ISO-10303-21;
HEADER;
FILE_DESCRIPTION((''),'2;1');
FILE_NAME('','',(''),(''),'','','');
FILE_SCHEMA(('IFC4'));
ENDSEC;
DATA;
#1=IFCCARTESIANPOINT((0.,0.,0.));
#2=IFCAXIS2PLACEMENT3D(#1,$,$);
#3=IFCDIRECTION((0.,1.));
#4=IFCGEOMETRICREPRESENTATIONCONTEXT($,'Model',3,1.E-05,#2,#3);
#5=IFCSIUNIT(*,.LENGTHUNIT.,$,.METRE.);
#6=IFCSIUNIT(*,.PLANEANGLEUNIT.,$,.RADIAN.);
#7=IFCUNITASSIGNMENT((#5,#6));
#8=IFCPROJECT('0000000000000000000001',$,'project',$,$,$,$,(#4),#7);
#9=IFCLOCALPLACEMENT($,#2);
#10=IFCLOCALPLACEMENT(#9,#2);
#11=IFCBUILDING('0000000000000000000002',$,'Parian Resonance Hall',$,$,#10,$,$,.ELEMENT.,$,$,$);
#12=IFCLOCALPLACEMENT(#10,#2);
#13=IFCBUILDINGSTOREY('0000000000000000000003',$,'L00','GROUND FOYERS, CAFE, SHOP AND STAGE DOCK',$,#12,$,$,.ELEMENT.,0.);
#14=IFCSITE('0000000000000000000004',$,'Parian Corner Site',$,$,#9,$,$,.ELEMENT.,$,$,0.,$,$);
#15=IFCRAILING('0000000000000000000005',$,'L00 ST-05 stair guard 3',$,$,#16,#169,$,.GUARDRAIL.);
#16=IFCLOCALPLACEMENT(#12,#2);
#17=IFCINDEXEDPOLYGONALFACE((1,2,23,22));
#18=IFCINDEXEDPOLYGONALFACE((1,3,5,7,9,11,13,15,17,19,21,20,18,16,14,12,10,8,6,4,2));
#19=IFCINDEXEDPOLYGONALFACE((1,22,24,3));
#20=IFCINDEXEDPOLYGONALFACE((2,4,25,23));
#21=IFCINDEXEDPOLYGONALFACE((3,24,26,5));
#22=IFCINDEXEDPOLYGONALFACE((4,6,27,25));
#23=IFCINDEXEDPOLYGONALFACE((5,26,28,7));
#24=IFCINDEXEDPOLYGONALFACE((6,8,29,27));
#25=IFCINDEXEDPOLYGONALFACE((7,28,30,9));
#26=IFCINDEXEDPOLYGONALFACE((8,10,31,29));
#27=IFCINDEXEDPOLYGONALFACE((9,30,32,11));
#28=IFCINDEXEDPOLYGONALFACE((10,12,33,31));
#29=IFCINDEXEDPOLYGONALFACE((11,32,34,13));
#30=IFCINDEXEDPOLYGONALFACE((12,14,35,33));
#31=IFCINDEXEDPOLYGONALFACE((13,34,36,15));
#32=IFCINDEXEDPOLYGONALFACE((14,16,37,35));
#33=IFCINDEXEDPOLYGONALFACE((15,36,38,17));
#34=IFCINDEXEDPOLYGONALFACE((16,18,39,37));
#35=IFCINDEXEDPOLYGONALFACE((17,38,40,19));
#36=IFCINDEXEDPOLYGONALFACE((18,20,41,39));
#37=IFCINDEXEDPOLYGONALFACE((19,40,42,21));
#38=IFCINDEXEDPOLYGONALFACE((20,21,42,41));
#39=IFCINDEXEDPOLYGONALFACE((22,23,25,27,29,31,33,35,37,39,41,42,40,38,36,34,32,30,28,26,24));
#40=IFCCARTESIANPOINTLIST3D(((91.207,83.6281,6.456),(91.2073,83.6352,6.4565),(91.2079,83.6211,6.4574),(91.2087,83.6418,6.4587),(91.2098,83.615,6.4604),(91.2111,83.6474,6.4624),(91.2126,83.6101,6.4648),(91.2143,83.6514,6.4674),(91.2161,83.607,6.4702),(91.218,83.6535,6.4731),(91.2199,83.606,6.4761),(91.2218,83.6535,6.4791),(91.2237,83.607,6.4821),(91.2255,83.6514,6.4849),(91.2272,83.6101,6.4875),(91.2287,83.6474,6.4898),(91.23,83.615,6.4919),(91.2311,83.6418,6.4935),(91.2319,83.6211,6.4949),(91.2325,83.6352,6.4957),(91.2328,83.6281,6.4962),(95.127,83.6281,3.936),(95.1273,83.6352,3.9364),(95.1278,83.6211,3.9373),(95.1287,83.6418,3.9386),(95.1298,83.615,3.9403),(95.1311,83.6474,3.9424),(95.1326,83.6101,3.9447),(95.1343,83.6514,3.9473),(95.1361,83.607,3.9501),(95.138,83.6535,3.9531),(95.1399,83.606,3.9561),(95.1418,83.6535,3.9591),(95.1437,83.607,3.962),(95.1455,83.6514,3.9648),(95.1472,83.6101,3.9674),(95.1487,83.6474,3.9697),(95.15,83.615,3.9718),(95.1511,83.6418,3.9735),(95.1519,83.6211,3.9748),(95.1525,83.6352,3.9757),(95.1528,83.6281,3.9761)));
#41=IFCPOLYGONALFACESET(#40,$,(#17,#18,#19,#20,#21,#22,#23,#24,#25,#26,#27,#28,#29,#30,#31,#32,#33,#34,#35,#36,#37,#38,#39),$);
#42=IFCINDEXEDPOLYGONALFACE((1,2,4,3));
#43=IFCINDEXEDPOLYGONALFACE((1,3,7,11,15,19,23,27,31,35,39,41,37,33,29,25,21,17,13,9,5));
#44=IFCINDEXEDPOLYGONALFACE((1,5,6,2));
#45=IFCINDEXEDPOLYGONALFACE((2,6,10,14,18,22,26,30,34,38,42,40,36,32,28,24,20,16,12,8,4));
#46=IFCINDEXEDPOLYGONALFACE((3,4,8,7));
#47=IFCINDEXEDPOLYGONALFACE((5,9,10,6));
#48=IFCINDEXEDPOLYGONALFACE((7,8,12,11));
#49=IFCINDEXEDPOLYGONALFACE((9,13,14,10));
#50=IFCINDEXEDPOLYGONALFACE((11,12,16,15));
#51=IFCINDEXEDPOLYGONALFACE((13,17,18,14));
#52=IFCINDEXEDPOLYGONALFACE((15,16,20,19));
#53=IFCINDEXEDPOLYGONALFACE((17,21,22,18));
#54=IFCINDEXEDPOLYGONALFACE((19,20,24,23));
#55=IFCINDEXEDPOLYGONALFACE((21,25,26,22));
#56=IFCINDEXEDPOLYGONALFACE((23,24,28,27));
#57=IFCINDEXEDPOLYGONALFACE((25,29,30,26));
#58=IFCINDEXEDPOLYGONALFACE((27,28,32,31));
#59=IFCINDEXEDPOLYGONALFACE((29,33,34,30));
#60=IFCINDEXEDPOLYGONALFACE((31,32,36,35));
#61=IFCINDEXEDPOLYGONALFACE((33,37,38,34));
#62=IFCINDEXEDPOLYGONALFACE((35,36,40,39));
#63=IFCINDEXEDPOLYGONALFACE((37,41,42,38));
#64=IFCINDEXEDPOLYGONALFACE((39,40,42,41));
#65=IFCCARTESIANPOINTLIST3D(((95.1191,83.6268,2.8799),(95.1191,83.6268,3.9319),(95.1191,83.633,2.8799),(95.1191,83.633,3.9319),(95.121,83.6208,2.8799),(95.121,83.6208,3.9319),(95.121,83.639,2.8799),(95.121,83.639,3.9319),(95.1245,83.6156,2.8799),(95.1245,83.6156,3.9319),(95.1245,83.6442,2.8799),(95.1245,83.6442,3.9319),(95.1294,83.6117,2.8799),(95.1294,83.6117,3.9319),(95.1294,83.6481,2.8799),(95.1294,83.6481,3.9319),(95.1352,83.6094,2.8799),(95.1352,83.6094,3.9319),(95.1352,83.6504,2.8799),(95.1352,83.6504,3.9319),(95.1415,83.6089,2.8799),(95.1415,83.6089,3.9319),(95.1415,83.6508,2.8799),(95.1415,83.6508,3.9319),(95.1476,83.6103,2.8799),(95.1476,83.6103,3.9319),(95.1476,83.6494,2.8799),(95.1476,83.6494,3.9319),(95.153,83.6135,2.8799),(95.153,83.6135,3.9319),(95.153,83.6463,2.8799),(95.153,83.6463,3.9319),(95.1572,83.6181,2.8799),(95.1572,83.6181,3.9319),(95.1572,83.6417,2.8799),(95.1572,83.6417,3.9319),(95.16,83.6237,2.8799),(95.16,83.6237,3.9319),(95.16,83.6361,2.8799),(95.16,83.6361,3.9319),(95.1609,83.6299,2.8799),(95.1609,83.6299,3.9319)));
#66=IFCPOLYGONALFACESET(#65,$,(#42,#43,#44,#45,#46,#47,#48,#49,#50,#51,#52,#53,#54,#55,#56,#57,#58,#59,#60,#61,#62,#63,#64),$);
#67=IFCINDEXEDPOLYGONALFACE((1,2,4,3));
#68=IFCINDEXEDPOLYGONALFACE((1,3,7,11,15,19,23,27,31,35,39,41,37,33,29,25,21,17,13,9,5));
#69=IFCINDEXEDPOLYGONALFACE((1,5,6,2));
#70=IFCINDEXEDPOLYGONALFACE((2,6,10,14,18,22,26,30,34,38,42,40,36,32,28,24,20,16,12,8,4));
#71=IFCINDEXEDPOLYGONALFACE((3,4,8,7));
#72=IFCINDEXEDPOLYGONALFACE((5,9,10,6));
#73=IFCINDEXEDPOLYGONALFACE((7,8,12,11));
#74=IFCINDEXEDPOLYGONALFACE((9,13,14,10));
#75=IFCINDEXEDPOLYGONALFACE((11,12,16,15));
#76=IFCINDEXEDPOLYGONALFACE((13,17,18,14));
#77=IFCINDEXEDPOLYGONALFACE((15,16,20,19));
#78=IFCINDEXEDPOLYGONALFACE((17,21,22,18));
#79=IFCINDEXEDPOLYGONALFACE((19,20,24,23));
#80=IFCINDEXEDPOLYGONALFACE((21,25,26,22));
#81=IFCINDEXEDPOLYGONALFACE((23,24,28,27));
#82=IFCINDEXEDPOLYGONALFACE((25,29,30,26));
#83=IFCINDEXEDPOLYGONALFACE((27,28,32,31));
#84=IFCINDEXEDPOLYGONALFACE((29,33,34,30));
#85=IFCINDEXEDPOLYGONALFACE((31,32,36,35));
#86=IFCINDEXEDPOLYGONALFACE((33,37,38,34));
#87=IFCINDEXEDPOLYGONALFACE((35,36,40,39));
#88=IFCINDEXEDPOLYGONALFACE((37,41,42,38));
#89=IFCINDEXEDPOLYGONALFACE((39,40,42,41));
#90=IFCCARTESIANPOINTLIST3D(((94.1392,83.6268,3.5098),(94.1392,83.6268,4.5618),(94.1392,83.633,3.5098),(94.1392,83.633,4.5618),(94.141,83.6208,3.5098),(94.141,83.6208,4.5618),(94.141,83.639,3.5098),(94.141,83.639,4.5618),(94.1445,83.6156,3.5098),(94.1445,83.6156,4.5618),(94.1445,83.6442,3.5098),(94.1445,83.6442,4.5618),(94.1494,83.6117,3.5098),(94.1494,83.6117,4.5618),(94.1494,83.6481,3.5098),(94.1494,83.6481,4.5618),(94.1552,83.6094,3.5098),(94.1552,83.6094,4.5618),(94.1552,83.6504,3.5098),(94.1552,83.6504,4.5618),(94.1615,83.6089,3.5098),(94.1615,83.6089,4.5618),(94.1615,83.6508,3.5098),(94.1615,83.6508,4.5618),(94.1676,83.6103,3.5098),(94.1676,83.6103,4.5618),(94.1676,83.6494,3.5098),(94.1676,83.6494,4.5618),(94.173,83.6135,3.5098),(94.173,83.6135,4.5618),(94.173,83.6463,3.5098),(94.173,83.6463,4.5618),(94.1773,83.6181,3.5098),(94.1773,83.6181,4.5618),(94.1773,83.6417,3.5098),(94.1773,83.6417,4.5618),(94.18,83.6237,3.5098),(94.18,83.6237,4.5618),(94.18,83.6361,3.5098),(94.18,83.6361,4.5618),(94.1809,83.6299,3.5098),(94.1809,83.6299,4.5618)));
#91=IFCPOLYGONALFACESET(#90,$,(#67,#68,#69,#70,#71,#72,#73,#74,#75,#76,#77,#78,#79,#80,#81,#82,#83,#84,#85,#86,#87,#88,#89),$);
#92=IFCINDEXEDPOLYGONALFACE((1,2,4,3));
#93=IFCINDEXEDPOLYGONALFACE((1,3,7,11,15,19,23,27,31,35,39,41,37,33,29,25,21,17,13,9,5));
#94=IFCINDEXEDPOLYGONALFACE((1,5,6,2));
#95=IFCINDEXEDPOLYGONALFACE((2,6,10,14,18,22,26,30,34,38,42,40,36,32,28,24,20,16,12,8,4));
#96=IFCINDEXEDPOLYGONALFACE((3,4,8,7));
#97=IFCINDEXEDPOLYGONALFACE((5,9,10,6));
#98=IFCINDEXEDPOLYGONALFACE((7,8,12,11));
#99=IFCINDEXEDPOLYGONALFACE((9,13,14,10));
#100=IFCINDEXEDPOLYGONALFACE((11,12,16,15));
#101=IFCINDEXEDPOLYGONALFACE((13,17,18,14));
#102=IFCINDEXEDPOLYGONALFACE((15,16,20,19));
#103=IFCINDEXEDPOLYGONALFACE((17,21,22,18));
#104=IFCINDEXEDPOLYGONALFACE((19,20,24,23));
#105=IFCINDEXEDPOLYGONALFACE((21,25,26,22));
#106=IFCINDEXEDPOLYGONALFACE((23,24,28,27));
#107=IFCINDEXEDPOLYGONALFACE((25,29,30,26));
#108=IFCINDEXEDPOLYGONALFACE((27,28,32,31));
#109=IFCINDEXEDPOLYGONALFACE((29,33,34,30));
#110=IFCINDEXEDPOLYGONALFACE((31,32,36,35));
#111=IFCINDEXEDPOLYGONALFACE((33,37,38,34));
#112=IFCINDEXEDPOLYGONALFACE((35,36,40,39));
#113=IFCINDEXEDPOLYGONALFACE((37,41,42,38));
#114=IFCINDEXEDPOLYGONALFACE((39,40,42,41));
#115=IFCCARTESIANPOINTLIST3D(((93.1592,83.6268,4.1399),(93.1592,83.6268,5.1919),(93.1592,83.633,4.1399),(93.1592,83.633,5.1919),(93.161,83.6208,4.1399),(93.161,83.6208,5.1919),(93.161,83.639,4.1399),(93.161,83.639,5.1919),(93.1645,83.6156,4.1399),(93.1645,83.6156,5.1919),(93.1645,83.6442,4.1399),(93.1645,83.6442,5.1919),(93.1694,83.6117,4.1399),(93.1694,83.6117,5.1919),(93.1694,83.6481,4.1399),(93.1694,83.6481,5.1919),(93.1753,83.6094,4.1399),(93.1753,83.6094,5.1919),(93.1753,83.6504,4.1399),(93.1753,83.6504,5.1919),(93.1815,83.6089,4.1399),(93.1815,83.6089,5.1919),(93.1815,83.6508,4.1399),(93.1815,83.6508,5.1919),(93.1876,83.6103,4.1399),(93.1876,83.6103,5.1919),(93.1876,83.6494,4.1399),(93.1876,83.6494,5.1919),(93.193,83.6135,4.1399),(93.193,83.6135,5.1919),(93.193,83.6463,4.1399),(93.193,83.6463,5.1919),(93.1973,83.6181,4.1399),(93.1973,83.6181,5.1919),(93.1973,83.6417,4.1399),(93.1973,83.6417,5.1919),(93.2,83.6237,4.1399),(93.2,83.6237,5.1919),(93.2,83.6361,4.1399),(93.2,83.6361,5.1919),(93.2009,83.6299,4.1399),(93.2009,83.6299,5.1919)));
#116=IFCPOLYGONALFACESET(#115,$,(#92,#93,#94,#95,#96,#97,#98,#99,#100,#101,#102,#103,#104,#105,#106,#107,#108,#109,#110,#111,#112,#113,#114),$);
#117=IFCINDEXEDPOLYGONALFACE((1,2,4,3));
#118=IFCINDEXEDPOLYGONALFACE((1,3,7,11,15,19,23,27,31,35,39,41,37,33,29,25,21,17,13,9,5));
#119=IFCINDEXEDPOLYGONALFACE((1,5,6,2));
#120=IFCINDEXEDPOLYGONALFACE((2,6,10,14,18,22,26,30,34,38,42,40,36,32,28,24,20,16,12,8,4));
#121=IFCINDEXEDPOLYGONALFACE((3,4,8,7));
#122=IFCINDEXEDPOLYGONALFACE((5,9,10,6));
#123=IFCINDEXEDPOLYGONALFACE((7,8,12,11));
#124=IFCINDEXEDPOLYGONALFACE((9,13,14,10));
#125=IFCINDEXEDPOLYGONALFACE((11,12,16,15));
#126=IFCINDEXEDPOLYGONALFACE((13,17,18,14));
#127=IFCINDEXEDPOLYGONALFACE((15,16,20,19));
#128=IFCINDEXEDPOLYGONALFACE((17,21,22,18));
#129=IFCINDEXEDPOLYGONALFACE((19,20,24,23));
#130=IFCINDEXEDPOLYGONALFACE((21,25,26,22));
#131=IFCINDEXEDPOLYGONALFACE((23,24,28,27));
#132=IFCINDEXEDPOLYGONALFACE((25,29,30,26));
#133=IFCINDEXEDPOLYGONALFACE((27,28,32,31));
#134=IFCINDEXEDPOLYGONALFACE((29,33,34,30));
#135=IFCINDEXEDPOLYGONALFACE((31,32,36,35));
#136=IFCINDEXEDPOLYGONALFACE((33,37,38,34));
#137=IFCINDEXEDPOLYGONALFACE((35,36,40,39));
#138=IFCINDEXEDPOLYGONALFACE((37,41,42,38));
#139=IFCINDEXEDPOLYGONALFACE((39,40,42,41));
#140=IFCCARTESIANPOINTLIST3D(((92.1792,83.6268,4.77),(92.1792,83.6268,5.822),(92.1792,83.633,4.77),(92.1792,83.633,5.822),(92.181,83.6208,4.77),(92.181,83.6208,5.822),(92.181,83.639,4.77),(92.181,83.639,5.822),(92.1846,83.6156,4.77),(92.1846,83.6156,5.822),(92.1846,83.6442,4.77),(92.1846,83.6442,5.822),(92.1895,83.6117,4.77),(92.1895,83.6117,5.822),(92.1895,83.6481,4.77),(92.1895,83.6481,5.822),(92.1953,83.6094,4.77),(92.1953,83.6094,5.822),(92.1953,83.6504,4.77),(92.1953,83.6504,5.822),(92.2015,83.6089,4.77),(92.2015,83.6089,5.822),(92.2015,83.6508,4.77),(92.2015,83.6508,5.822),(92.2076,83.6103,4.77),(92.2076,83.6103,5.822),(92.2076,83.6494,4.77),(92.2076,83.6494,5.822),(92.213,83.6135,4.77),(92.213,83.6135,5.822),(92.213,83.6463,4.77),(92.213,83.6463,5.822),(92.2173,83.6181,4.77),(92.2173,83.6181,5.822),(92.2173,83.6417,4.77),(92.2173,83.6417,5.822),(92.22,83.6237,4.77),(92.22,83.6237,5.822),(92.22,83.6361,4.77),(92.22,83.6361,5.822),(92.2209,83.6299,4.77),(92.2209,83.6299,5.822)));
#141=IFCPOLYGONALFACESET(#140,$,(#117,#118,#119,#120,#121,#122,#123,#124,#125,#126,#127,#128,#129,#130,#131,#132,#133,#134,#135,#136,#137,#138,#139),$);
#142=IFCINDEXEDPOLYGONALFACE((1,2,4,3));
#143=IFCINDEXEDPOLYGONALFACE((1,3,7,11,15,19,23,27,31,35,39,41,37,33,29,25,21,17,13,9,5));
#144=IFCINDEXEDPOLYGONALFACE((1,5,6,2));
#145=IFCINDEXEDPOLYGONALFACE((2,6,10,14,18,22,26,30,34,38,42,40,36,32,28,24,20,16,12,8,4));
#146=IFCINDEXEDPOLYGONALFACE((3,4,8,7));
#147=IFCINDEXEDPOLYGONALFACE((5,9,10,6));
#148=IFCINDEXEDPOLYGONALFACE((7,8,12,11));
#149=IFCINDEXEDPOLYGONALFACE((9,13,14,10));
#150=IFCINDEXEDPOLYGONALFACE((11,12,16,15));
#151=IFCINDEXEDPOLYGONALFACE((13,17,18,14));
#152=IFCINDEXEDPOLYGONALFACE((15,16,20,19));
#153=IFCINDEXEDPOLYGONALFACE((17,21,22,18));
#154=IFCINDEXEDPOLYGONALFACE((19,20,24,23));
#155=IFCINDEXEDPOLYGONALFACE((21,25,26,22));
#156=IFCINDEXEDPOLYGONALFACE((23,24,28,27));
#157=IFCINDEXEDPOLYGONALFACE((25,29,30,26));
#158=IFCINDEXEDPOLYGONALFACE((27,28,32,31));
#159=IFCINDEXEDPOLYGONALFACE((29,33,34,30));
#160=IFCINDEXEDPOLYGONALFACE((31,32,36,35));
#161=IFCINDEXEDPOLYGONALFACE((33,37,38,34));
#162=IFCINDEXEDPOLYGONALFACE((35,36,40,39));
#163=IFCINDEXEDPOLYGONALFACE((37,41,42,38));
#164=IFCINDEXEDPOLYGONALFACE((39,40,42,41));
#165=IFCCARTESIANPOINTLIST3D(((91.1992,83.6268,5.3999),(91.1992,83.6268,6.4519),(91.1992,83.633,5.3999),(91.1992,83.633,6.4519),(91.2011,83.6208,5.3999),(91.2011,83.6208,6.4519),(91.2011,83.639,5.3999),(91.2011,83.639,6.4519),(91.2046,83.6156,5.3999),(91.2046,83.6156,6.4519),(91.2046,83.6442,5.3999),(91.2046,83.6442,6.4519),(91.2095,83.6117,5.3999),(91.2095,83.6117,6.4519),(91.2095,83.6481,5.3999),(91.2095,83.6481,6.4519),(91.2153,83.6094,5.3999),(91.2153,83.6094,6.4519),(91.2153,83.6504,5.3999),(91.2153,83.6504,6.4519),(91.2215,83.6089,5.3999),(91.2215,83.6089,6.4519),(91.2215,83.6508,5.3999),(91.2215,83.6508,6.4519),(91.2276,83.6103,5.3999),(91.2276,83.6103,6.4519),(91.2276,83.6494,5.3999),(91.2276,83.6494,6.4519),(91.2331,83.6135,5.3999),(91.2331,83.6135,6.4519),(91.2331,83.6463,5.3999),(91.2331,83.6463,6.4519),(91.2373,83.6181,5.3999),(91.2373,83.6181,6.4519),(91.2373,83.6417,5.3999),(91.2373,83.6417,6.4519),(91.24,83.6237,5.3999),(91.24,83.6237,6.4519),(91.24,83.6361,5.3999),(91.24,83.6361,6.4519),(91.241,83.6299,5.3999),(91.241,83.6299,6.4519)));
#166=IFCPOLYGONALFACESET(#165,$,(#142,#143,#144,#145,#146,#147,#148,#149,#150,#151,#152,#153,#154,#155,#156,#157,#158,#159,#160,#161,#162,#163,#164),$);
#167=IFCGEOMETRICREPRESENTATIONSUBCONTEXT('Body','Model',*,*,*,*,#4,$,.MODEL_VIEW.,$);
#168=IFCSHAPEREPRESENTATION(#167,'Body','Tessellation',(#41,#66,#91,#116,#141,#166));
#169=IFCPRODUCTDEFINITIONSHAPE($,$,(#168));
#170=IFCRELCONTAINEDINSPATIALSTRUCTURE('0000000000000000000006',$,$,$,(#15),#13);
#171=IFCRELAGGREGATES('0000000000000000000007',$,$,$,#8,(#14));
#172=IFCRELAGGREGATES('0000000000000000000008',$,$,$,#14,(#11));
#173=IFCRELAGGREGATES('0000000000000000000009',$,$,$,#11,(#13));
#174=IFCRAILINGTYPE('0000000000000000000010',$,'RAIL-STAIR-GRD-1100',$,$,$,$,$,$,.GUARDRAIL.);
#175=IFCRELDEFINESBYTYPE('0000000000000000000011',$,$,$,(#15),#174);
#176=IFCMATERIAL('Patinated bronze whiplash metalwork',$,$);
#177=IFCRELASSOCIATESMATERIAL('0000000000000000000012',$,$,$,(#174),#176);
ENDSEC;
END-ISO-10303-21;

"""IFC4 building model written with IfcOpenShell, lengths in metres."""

from ifc_helpers import new_model, si_unit, direction, frame, origin, origin_2d, place, context, subcontext, project, spatial, circle, extrude, material, type_object, element, save


model = new_model("IFC4")

# Units and contexts
model_context = context("Model", 3, precision=1e-05, world=origin(), true_north=direction((0.0, 1.0)))
body_context = subcontext(model_context, "Body", "Model", "MODEL_VIEW")
ifc_project = project(units=[si_unit("LENGTHUNIT", "METRE"), si_unit("PLANEANGLEUNIT", "RADIAN")], contexts=[model_context])

# Site, building, storey
site_placement = place(None, origin())
site = spatial("IfcSite", under=ifc_project, at=site_placement, Name="Parian Corner Site", CompositionType="ELEMENT", RefElevation=0.0)
building_placement = place(site_placement, origin())
building = spatial("IfcBuilding", under=site, at=building_placement, Name="Parian Resonance Hall", CompositionType="ELEMENT")
storey_placement = place(building_placement, origin())
storey = spatial("IfcBuildingStorey", under=building, at=storey_placement, Name="L00", Description="GROUND FOYERS, CAFE, SHOP AND STAGE DOCK", CompositionType="ELEMENT", Elevation=0.0)

# Railing
ifc_material_1 = material(Name="Patinated bronze whiplash metalwork")
railing_type_1 = type_object("IfcRailingType", Name="RAIL-STAIR-GRD-1100", PredefinedType="GUARDRAIL", material=ifc_material_1)
railing_1_placement = place(storey_placement, frame((95.1399, 83.6299, 2.8799)))
element("IfcRailing", 1, at=railing_1_placement, inside=storey, type_object=railing_type_1, Name="L00 ST-05 stair guard 3", PredefinedType="GUARDRAIL", context=body_context, shape_type="SweptSolid", body=[
    extrude(circle(Radius=0.0239, at=origin_2d()), frame((0.0, 0.0, 1.0762), z_axis=(-0.841172, 0.0, 0.540768), x_axis=(0.0, -1.0, 0.0)), (0.0, 0.0, 1.0), 4.6602),
    extrude(circle(Radius=0.021, at=origin_2d()), origin(), (0.0, 0.0, 1.0), 1.052),
    extrude(circle(Radius=0.021, at=origin_2d()), frame((-0.98, 0.0, 0.6299)), (0.0, 0.0, 1.0), 1.052),
    extrude(circle(Radius=0.021, at=origin_2d()), frame((-1.96, 0.0, 1.26)), (0.0, 0.0, 1.0), 1.052),
    extrude(circle(Radius=0.021, at=origin_2d()), frame((-2.9399, 0.0, 1.8901)), (0.0, 0.0, 1.0), 1.052),
    extrude(circle(Radius=0.021, at=origin_2d()), frame((-3.9199, 0.0, 2.52)), (0.0, 0.0, 1.0), 1.052),
])

save(model, "model.ifc")
